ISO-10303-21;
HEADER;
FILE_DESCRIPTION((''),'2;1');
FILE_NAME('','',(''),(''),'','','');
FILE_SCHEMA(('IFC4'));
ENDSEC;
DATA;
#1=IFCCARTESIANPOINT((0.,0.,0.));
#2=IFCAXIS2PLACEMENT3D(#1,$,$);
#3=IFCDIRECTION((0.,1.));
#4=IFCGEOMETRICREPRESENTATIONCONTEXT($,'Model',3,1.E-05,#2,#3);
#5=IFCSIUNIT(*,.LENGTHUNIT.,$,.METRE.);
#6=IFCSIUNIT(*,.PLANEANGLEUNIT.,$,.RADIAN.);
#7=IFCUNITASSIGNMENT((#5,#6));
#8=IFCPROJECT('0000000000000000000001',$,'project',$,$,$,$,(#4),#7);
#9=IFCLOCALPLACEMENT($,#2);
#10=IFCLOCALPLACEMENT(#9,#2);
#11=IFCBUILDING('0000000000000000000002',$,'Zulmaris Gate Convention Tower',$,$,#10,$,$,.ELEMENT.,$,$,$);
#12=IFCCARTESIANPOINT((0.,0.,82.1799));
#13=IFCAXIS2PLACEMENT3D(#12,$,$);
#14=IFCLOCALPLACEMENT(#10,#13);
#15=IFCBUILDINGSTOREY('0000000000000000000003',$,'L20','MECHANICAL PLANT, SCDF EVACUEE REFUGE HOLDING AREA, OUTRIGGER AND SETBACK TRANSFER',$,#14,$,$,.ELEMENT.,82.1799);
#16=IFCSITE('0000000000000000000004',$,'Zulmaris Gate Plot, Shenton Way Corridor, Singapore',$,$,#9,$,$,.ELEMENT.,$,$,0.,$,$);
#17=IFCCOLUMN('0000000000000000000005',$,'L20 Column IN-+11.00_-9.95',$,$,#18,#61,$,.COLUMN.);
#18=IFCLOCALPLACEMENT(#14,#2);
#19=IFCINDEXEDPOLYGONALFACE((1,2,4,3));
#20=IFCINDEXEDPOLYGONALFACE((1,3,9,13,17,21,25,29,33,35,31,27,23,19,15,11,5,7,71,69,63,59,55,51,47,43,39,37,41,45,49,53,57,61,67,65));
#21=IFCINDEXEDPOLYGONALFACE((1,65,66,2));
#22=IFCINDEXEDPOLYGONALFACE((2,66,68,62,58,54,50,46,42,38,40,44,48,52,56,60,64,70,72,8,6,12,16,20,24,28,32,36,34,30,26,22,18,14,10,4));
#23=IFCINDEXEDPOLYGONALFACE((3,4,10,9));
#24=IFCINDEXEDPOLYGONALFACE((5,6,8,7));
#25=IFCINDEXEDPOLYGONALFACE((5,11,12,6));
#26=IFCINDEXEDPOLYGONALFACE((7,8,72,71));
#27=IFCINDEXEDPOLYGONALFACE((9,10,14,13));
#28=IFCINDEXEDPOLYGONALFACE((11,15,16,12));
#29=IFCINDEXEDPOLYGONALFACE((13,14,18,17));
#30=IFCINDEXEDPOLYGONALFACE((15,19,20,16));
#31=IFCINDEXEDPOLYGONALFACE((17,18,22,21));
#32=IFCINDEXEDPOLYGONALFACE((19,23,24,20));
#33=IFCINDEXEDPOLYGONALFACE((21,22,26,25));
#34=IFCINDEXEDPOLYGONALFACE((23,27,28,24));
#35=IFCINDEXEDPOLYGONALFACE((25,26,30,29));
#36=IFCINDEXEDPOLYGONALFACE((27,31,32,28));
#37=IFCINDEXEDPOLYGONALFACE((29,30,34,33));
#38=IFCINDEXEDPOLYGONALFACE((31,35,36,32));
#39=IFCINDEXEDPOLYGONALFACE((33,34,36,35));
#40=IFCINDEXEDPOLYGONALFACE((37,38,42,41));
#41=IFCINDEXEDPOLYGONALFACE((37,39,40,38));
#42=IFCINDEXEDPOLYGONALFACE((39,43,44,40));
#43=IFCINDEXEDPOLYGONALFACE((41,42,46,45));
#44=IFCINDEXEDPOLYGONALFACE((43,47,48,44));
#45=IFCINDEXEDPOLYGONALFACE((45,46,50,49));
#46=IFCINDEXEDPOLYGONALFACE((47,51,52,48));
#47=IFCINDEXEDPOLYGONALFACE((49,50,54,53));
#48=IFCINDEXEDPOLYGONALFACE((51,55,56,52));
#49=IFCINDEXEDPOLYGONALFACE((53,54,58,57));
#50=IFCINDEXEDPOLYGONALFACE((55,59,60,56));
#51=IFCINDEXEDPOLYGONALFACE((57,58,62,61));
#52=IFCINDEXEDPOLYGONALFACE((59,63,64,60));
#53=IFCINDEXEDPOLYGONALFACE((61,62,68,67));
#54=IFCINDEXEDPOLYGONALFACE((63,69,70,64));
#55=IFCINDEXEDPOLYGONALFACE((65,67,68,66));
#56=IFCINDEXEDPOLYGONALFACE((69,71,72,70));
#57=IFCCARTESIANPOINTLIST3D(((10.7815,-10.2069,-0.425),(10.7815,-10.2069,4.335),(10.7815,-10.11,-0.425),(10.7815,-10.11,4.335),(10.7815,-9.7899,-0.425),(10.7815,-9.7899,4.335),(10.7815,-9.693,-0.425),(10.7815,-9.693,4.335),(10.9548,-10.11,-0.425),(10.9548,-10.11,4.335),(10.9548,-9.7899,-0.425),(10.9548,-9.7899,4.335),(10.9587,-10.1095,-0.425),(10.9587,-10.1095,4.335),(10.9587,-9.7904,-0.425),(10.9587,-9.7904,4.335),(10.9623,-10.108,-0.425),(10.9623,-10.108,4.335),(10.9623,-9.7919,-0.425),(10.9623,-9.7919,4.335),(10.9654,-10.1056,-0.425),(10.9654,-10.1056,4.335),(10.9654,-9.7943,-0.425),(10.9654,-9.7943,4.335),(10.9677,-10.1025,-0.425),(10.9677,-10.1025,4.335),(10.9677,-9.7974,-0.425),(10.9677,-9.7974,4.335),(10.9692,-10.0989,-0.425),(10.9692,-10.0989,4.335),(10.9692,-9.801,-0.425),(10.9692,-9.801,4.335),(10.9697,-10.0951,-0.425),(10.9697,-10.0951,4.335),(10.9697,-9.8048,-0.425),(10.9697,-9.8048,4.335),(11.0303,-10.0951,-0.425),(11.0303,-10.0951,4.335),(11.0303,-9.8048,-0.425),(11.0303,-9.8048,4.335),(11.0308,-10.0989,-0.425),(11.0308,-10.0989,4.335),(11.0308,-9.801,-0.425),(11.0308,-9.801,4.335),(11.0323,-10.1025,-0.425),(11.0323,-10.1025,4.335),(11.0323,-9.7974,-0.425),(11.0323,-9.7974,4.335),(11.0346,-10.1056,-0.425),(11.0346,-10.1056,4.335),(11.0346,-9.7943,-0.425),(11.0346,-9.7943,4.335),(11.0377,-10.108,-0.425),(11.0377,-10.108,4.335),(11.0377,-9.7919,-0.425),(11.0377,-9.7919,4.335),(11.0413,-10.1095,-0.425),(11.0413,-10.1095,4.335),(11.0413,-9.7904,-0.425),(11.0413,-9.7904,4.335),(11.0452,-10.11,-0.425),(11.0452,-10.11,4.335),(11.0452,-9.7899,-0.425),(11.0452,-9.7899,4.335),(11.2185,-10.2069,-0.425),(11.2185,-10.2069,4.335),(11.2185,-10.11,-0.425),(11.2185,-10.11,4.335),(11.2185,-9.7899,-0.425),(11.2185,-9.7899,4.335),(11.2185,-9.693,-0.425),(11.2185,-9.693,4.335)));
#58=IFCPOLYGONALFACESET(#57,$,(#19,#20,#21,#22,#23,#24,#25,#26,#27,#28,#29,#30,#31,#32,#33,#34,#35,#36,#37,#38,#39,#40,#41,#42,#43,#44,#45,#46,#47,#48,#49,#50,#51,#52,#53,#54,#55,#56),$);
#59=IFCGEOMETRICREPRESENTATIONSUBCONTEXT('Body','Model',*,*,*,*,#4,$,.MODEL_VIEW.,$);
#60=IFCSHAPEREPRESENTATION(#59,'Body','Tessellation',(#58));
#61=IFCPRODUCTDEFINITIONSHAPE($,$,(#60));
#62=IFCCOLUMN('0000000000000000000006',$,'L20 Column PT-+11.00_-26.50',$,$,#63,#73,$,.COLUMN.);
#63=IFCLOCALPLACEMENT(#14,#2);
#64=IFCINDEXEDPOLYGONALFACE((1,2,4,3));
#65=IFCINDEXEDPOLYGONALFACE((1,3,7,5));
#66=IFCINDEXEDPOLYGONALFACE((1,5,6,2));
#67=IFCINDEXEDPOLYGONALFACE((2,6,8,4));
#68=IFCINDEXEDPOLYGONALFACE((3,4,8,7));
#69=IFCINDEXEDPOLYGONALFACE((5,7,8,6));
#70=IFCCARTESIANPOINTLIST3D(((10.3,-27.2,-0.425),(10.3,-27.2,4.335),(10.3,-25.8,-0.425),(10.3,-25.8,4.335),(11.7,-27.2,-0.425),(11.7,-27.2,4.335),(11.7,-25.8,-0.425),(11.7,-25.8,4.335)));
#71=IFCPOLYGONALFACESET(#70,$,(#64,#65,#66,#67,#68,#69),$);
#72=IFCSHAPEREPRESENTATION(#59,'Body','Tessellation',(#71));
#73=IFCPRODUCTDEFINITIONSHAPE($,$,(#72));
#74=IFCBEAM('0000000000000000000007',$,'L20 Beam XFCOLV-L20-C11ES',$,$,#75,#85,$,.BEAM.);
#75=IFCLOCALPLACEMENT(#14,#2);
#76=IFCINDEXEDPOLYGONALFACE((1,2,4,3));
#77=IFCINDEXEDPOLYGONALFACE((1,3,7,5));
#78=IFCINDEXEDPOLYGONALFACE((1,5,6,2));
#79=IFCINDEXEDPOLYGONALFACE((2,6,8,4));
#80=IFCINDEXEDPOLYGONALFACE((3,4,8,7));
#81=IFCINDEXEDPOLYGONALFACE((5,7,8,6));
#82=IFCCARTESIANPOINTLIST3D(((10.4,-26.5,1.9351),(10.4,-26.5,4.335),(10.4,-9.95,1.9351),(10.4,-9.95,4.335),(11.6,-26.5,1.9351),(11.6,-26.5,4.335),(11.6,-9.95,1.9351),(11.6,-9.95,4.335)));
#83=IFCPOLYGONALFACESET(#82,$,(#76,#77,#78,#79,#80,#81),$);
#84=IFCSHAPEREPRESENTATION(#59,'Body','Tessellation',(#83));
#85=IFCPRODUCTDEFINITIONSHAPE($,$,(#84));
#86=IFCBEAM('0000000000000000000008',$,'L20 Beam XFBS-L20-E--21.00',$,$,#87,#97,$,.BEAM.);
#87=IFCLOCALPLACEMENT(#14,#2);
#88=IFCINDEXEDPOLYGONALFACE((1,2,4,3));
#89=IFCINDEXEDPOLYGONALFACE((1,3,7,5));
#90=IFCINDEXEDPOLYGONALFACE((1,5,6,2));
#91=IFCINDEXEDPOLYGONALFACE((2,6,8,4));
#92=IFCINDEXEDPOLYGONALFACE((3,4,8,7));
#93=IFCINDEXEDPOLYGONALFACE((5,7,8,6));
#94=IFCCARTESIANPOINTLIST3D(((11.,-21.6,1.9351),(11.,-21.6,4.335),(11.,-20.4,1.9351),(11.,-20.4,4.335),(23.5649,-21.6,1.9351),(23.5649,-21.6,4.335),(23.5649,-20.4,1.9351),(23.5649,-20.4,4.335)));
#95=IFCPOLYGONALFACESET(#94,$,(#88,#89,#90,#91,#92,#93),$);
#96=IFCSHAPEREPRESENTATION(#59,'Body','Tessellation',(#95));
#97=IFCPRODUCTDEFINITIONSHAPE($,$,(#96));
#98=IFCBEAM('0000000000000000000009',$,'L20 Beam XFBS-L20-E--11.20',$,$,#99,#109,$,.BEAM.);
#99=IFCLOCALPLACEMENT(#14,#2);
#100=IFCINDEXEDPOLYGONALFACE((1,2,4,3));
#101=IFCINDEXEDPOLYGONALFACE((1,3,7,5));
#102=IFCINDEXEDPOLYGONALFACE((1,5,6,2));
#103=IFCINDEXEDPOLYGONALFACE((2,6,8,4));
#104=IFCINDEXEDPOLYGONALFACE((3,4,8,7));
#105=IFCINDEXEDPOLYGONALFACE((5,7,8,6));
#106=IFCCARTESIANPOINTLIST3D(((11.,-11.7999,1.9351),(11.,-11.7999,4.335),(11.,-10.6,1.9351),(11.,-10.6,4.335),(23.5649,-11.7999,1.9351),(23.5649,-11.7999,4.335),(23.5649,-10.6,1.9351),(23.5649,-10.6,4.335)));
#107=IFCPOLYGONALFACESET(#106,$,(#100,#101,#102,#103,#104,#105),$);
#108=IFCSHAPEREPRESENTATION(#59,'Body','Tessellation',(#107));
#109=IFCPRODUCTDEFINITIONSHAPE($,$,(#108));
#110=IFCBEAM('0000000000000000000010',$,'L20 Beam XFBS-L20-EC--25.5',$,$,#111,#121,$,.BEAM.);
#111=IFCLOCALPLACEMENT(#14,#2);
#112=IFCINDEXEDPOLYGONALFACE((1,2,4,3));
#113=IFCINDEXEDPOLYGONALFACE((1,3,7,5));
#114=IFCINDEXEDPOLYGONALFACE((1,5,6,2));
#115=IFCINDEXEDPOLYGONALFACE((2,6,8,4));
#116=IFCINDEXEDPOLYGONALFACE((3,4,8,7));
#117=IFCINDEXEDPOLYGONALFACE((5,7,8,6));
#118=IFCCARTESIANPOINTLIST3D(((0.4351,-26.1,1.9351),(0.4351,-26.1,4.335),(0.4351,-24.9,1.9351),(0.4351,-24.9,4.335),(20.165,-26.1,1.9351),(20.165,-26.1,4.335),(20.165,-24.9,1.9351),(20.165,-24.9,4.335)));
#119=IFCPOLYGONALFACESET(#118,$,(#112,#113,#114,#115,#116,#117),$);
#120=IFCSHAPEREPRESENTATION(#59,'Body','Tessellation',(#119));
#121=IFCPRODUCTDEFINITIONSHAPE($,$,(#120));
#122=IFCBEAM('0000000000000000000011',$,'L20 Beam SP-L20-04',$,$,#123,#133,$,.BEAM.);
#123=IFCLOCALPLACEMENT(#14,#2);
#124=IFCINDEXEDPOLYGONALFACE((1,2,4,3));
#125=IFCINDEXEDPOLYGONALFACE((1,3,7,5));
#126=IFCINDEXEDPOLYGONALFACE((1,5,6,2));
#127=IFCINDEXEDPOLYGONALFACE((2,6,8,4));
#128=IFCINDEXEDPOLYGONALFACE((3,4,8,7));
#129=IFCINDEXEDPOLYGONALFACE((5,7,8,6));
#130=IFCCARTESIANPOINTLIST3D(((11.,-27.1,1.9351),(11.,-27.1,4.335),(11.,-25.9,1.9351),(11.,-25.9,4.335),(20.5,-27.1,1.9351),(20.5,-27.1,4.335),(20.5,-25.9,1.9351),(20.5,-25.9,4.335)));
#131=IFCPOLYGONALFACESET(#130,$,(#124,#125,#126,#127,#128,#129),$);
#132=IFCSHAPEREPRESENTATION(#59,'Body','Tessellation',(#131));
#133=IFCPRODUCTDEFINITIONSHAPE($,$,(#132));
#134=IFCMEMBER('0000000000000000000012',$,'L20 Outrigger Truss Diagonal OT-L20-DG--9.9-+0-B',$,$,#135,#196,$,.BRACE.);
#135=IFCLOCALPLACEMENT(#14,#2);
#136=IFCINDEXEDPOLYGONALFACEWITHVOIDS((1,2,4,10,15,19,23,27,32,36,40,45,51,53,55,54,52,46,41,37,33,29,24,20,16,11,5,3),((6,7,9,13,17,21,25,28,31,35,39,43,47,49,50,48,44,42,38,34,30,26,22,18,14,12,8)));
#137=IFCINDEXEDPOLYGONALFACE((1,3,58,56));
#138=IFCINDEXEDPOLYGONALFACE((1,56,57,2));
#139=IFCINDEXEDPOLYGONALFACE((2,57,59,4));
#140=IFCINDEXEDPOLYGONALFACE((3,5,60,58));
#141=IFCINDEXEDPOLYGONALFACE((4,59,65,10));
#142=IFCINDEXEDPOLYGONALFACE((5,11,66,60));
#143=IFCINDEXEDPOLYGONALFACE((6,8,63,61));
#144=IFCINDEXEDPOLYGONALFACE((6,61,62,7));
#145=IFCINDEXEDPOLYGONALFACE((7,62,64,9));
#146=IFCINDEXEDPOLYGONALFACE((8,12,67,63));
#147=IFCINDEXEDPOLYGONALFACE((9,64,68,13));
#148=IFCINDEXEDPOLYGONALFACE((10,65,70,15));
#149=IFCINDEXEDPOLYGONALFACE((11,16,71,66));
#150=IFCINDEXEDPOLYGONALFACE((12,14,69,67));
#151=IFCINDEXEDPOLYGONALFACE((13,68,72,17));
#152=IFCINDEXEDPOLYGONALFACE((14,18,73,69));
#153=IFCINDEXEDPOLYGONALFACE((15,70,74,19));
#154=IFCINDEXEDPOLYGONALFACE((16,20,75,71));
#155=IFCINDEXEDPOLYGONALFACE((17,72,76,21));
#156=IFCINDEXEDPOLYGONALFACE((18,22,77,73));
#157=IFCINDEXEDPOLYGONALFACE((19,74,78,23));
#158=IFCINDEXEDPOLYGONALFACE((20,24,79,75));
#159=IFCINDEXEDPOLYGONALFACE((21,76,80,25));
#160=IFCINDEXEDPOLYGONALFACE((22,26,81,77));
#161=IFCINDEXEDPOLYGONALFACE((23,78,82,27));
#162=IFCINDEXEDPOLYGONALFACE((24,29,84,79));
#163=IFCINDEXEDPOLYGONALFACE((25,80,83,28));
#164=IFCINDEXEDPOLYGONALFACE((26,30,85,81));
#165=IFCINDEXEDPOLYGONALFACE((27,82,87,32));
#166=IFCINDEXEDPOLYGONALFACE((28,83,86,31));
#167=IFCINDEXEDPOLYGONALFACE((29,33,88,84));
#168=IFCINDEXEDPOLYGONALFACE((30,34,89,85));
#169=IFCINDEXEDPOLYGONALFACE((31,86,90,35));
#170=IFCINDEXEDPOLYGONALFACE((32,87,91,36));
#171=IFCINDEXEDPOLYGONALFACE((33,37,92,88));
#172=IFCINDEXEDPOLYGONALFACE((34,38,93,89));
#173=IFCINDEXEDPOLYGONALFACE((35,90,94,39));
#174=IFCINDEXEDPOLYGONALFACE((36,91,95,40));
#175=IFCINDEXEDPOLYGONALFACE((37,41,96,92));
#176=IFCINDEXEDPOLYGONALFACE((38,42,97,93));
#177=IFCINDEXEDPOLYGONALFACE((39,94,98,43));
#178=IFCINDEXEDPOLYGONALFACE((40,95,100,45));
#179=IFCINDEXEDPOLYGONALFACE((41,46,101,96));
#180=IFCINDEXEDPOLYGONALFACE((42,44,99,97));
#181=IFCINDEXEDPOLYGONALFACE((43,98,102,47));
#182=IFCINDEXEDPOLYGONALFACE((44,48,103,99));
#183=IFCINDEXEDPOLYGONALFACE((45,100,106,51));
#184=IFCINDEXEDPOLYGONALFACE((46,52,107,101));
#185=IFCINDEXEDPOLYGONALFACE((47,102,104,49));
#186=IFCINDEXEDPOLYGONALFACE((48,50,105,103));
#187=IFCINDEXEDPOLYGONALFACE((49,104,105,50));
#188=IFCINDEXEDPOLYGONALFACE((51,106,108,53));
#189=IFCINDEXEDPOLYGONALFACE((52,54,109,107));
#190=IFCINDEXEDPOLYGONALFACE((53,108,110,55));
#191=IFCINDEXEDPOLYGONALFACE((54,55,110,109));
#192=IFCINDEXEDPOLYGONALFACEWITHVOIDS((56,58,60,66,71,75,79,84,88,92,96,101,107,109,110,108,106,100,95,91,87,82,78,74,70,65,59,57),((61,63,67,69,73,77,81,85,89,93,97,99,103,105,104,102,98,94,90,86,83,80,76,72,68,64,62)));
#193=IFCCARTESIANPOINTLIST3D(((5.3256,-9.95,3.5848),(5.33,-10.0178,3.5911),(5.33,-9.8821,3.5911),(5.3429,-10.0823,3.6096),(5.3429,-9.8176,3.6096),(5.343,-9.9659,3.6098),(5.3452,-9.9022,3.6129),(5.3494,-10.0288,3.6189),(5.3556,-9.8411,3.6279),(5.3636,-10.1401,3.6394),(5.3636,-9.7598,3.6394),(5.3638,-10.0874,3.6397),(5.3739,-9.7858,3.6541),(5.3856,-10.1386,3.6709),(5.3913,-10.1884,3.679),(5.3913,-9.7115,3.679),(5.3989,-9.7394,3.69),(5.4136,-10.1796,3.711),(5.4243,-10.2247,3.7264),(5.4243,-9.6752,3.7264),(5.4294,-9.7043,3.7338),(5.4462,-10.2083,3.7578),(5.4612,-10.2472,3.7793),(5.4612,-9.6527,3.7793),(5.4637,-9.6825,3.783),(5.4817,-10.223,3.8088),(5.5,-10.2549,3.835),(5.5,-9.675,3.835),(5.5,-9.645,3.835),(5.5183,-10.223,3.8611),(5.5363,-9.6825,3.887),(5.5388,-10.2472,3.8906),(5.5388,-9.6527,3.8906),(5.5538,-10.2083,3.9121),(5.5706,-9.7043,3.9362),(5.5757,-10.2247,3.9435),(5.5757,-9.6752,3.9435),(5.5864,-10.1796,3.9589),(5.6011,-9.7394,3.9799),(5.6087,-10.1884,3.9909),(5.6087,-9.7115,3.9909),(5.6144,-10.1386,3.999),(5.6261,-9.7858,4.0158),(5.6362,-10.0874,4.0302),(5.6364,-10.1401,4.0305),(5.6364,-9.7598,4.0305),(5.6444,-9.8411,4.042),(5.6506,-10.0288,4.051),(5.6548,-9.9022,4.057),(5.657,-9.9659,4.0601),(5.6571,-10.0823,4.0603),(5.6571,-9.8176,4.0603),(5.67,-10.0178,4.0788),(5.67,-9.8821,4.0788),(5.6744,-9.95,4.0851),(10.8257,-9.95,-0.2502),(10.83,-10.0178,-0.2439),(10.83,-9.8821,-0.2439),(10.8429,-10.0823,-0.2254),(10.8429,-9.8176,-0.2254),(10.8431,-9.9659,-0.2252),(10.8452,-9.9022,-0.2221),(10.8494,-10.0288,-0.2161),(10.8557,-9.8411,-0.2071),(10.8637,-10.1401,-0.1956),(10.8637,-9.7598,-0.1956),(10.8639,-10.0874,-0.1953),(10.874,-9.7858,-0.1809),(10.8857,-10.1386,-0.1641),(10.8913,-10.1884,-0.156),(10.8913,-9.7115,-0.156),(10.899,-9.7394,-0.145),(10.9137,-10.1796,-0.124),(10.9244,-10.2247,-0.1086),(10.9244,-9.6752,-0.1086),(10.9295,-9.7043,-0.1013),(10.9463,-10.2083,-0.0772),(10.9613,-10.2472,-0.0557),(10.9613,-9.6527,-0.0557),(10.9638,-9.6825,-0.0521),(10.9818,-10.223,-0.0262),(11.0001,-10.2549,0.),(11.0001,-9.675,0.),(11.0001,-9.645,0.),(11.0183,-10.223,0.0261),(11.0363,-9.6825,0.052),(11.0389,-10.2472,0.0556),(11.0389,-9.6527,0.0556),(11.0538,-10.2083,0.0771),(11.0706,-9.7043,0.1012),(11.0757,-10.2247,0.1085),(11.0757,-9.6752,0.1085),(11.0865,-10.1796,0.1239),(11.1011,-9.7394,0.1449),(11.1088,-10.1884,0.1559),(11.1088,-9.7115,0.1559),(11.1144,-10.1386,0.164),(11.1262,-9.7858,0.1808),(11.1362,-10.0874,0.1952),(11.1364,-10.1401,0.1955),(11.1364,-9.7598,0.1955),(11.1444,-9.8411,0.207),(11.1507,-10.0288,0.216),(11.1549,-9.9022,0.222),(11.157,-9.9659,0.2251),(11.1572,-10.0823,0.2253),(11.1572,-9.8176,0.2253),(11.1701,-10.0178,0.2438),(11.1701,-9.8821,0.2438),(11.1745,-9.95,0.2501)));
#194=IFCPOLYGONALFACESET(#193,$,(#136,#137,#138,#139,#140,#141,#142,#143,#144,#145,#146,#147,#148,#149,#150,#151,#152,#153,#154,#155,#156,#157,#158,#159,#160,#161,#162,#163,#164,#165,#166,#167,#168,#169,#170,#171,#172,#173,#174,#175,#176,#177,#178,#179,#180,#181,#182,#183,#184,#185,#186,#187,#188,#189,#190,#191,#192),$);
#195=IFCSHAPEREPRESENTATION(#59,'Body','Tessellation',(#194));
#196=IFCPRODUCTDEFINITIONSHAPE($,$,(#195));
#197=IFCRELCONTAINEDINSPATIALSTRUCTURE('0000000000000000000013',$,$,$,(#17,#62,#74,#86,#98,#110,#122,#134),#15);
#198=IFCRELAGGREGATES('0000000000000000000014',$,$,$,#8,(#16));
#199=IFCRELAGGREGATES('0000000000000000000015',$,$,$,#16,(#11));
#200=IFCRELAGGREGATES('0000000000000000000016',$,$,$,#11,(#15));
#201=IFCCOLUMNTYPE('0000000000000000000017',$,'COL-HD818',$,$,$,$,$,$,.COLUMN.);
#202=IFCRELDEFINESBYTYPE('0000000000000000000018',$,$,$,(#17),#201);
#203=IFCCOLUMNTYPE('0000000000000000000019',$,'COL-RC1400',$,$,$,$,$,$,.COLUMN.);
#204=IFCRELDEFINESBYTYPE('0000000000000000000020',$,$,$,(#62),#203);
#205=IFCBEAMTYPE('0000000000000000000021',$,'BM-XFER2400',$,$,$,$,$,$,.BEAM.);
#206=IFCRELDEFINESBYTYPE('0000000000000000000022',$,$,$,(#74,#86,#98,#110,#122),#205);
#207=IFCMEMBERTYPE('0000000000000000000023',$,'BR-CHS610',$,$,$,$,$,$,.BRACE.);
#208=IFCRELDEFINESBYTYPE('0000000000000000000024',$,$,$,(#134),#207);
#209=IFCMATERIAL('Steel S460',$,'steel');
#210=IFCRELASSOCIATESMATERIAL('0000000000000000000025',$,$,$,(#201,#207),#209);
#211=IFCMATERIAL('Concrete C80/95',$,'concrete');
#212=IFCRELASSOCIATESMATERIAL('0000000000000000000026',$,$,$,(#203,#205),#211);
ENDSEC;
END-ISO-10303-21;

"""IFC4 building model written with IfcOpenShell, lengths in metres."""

from ifc_helpers import new_model, si_unit, direction, frame, origin, origin_2d, place, context, subcontext, project, spatial, rectangle, hollow_circle, i_section, extrude, material, material_profile, profile_set, type_object, element, save


model = new_model("IFC4")

# Units and contexts
model_context = context("Model", 3, precision=1e-05, world=origin(), true_north=direction((0.0, 1.0)))
body_context = subcontext(model_context, "Body", "Model", "MODEL_VIEW")
ifc_project = project(units=[si_unit("LENGTHUNIT", "METRE"), si_unit("PLANEANGLEUNIT", "RADIAN")], contexts=[model_context])

# Site, building, storey
site_placement = place(None, origin())
site = spatial("IfcSite", under=ifc_project, at=site_placement, Name="Zulmaris Gate Plot, Shenton Way Corridor, Singapore", CompositionType="ELEMENT", RefElevation=0.0)
building_placement = place(site_placement, origin())
building = spatial("IfcBuilding", under=site, at=building_placement, Name="Zulmaris Gate Convention Tower", CompositionType="ELEMENT")
storey_placement = place(building_placement, frame((0.0, 0.0, 82.1799)))
storey = spatial("IfcBuildingStorey", under=building, at=storey_placement, Name="L20", Description="MECHANICAL PLANT, SCDF EVACUEE REFUGE HOLDING AREA, OUTRIGGER AND SETBACK TRANSFER", CompositionType="ELEMENT", Elevation=82.1799)

# Columns
ifc_material_1 = material(Name="Steel S460", Category="steel")
ifc_material_profile_1 = material_profile(ifc_material_1, i_section(OverallWidth=0.437, OverallDepth=0.5139, WebThickness=0.0605, FlangeThickness=0.0969, FilletRadius=0.0149, at=origin_2d()), Name="HD 400x818")
ifc_profile_set_1 = profile_set([ifc_material_profile_1], Name="Steel S460")
column_type_1 = type_object("IfcColumnType", Name="COL-HD818", PredefinedType="COLUMN", material=ifc_profile_set_1)
column_1_placement = place(storey_placement, frame((11.0, -9.95, -0.425), z_axis=(0.0, 0.0, 1.0), x_axis=(1.0, 0.0, 0.0)))
element("IfcColumn", 1, at=column_1_placement, inside=storey, type_object=column_type_1, Name="L20 Column IN-+11.00_-9.95", PredefinedType="COLUMN", context=body_context, shape_type="SweptSolid", body=[
    extrude(i_section(OverallWidth=0.437, OverallDepth=0.5139, WebThickness=0.0605, FlangeThickness=0.0969, FilletRadius=0.0149, at=origin_2d()), origin(), (0.0, 0.0, 1.0), 4.76),
])
ifc_material_2 = material(Name="Concrete C80/95", Category="concrete")
ifc_material_profile_2 = material_profile(ifc_material_2, rectangle(XDim=1.3999, YDim=1.3999, at=origin_2d()), Name="RC COL 1400x1400")
ifc_profile_set_2 = profile_set([ifc_material_profile_2], Name="Concrete C80/95")
column_type_2 = type_object("IfcColumnType", Name="COL-RC1400", PredefinedType="COLUMN", material=ifc_profile_set_2)
column_2_placement = place(storey_placement, frame((11.0, -26.5, -0.425), z_axis=(0.0, 0.0, 1.0), x_axis=(1.0, 0.0, 0.0)))
element("IfcColumn", 2, at=column_2_placement, inside=storey, type_object=column_type_2, Name="L20 Column PT-+11.00_-26.50", PredefinedType="COLUMN", context=body_context, shape_type="SweptSolid", body=[
    extrude(rectangle(XDim=1.3999, YDim=1.3999, at=origin_2d()), origin(), (0.0, 0.0, 1.0), 4.76),
])

# Beams
ifc_material_profile_3 = material_profile(ifc_material_2, rectangle(XDim=1.2, YDim=2.3999, at=origin_2d()), Name="RC TRANSFER 1200x2400")
ifc_profile_set_3 = profile_set([ifc_material_profile_3], Name="Concrete C80/95")
beam_type_1 = type_object("IfcBeamType", Name="BM-XFER2400", PredefinedType="BEAM", material=ifc_profile_set_3)
beam_1_placement = place(storey_placement, frame((11.0, -26.5, 3.135), z_axis=(0.0, 1.0, 0.0), x_axis=(-1.0, 0.0, 0.0)))
element("IfcBeam", 3, at=beam_1_placement, inside=storey, type_object=beam_type_1, Name="L20 Beam XFCOLV-L20-C11ES", PredefinedType="BEAM", context=body_context, shape_type="SweptSolid", body=[
    extrude(rectangle(XDim=1.2, YDim=2.3999, at=origin_2d()), origin(), (0.0, 0.0, 1.0), 16.55),
])
for number, where, z_axis, x_axis, name in (
    (4, (11.0, -21.0, 3.135), (1.0, 0.0, 0.0), (0.0, 1.0, 0.0), "L20 Beam XFBS-L20-E--21.00"),
    (5, (11.0, -11.2, 3.135), (1.0, 0.0, 0.0), (0.0, 1.0, 0.0), "L20 Beam XFBS-L20-E--11.20"),
):
    element("IfcBeam", number, at=place(storey_placement, frame(where, z_axis=z_axis, x_axis=x_axis)), inside=storey, type_object=beam_type_1, Name=name, PredefinedType="BEAM", context=body_context, shape_type="SweptSolid", body=[
        extrude(rectangle(XDim=1.2, YDim=2.3999, at=origin_2d()), origin(), (0.0, 0.0, 1.0), 12.5649),
    ])
beam_2_placement = place(storey_placement, frame((0.4351, -25.5, 3.135), z_axis=(1.0, 0.0, 0.0), x_axis=(0.0, 1.0, 0.0)))
element("IfcBeam", 6, at=beam_2_placement, inside=storey, type_object=beam_type_1, Name="L20 Beam XFBS-L20-EC--25.5", PredefinedType="BEAM", context=body_context, shape_type="SweptSolid", body=[
    extrude(rectangle(XDim=1.2, YDim=2.3999, at=origin_2d()), origin(), (0.0, 0.0, 1.0), 19.73),
])
beam_3_placement = place(storey_placement, frame((11.0, -26.5, 3.135), z_axis=(1.0, 0.0, 0.0), x_axis=(0.0, 1.0, 0.0)))
element("IfcBeam", 7, at=beam_3_placement, inside=storey, type_object=beam_type_1, Name="L20 Beam SP-L20-04", PredefinedType="BEAM", context=body_context, shape_type="SweptSolid", body=[
    extrude(rectangle(XDim=1.2, YDim=2.3999, at=origin_2d()), origin(), (0.0, 0.0, 1.0), 9.5),
])

# Member
ifc_material_profile_4 = material_profile(ifc_material_1, hollow_circle(Radius=0.3049, WallThickness=0.03, at=origin_2d()), Name="CHS 610x30")
ifc_profile_set_4 = profile_set([ifc_material_profile_4], Name="Steel S460")
member_type_1 = type_object("IfcMemberType", Name="BR-CHS610", PredefinedType="BRACE", material=ifc_profile_set_4)
member_1_placement = place(storey_placement, frame((5.5, -9.95, 3.835), z_axis=(0.820284, 0.0, -0.571956), x_axis=(0.0, 1.0, 0.0)))
element("IfcMember", 8, at=member_1_placement, inside=storey, type_object=member_type_1, Name="L20 Outrigger Truss Diagonal OT-L20-DG--9.9-+0-B", PredefinedType="BRACE", context=body_context, shape_type="SweptSolid", body=[
    extrude(hollow_circle(Radius=0.3049, WallThickness=0.03, at=origin_2d()), origin(), (0.0, 0.0, 1.0), 6.7051),
])

save(model, "model.ifc")
